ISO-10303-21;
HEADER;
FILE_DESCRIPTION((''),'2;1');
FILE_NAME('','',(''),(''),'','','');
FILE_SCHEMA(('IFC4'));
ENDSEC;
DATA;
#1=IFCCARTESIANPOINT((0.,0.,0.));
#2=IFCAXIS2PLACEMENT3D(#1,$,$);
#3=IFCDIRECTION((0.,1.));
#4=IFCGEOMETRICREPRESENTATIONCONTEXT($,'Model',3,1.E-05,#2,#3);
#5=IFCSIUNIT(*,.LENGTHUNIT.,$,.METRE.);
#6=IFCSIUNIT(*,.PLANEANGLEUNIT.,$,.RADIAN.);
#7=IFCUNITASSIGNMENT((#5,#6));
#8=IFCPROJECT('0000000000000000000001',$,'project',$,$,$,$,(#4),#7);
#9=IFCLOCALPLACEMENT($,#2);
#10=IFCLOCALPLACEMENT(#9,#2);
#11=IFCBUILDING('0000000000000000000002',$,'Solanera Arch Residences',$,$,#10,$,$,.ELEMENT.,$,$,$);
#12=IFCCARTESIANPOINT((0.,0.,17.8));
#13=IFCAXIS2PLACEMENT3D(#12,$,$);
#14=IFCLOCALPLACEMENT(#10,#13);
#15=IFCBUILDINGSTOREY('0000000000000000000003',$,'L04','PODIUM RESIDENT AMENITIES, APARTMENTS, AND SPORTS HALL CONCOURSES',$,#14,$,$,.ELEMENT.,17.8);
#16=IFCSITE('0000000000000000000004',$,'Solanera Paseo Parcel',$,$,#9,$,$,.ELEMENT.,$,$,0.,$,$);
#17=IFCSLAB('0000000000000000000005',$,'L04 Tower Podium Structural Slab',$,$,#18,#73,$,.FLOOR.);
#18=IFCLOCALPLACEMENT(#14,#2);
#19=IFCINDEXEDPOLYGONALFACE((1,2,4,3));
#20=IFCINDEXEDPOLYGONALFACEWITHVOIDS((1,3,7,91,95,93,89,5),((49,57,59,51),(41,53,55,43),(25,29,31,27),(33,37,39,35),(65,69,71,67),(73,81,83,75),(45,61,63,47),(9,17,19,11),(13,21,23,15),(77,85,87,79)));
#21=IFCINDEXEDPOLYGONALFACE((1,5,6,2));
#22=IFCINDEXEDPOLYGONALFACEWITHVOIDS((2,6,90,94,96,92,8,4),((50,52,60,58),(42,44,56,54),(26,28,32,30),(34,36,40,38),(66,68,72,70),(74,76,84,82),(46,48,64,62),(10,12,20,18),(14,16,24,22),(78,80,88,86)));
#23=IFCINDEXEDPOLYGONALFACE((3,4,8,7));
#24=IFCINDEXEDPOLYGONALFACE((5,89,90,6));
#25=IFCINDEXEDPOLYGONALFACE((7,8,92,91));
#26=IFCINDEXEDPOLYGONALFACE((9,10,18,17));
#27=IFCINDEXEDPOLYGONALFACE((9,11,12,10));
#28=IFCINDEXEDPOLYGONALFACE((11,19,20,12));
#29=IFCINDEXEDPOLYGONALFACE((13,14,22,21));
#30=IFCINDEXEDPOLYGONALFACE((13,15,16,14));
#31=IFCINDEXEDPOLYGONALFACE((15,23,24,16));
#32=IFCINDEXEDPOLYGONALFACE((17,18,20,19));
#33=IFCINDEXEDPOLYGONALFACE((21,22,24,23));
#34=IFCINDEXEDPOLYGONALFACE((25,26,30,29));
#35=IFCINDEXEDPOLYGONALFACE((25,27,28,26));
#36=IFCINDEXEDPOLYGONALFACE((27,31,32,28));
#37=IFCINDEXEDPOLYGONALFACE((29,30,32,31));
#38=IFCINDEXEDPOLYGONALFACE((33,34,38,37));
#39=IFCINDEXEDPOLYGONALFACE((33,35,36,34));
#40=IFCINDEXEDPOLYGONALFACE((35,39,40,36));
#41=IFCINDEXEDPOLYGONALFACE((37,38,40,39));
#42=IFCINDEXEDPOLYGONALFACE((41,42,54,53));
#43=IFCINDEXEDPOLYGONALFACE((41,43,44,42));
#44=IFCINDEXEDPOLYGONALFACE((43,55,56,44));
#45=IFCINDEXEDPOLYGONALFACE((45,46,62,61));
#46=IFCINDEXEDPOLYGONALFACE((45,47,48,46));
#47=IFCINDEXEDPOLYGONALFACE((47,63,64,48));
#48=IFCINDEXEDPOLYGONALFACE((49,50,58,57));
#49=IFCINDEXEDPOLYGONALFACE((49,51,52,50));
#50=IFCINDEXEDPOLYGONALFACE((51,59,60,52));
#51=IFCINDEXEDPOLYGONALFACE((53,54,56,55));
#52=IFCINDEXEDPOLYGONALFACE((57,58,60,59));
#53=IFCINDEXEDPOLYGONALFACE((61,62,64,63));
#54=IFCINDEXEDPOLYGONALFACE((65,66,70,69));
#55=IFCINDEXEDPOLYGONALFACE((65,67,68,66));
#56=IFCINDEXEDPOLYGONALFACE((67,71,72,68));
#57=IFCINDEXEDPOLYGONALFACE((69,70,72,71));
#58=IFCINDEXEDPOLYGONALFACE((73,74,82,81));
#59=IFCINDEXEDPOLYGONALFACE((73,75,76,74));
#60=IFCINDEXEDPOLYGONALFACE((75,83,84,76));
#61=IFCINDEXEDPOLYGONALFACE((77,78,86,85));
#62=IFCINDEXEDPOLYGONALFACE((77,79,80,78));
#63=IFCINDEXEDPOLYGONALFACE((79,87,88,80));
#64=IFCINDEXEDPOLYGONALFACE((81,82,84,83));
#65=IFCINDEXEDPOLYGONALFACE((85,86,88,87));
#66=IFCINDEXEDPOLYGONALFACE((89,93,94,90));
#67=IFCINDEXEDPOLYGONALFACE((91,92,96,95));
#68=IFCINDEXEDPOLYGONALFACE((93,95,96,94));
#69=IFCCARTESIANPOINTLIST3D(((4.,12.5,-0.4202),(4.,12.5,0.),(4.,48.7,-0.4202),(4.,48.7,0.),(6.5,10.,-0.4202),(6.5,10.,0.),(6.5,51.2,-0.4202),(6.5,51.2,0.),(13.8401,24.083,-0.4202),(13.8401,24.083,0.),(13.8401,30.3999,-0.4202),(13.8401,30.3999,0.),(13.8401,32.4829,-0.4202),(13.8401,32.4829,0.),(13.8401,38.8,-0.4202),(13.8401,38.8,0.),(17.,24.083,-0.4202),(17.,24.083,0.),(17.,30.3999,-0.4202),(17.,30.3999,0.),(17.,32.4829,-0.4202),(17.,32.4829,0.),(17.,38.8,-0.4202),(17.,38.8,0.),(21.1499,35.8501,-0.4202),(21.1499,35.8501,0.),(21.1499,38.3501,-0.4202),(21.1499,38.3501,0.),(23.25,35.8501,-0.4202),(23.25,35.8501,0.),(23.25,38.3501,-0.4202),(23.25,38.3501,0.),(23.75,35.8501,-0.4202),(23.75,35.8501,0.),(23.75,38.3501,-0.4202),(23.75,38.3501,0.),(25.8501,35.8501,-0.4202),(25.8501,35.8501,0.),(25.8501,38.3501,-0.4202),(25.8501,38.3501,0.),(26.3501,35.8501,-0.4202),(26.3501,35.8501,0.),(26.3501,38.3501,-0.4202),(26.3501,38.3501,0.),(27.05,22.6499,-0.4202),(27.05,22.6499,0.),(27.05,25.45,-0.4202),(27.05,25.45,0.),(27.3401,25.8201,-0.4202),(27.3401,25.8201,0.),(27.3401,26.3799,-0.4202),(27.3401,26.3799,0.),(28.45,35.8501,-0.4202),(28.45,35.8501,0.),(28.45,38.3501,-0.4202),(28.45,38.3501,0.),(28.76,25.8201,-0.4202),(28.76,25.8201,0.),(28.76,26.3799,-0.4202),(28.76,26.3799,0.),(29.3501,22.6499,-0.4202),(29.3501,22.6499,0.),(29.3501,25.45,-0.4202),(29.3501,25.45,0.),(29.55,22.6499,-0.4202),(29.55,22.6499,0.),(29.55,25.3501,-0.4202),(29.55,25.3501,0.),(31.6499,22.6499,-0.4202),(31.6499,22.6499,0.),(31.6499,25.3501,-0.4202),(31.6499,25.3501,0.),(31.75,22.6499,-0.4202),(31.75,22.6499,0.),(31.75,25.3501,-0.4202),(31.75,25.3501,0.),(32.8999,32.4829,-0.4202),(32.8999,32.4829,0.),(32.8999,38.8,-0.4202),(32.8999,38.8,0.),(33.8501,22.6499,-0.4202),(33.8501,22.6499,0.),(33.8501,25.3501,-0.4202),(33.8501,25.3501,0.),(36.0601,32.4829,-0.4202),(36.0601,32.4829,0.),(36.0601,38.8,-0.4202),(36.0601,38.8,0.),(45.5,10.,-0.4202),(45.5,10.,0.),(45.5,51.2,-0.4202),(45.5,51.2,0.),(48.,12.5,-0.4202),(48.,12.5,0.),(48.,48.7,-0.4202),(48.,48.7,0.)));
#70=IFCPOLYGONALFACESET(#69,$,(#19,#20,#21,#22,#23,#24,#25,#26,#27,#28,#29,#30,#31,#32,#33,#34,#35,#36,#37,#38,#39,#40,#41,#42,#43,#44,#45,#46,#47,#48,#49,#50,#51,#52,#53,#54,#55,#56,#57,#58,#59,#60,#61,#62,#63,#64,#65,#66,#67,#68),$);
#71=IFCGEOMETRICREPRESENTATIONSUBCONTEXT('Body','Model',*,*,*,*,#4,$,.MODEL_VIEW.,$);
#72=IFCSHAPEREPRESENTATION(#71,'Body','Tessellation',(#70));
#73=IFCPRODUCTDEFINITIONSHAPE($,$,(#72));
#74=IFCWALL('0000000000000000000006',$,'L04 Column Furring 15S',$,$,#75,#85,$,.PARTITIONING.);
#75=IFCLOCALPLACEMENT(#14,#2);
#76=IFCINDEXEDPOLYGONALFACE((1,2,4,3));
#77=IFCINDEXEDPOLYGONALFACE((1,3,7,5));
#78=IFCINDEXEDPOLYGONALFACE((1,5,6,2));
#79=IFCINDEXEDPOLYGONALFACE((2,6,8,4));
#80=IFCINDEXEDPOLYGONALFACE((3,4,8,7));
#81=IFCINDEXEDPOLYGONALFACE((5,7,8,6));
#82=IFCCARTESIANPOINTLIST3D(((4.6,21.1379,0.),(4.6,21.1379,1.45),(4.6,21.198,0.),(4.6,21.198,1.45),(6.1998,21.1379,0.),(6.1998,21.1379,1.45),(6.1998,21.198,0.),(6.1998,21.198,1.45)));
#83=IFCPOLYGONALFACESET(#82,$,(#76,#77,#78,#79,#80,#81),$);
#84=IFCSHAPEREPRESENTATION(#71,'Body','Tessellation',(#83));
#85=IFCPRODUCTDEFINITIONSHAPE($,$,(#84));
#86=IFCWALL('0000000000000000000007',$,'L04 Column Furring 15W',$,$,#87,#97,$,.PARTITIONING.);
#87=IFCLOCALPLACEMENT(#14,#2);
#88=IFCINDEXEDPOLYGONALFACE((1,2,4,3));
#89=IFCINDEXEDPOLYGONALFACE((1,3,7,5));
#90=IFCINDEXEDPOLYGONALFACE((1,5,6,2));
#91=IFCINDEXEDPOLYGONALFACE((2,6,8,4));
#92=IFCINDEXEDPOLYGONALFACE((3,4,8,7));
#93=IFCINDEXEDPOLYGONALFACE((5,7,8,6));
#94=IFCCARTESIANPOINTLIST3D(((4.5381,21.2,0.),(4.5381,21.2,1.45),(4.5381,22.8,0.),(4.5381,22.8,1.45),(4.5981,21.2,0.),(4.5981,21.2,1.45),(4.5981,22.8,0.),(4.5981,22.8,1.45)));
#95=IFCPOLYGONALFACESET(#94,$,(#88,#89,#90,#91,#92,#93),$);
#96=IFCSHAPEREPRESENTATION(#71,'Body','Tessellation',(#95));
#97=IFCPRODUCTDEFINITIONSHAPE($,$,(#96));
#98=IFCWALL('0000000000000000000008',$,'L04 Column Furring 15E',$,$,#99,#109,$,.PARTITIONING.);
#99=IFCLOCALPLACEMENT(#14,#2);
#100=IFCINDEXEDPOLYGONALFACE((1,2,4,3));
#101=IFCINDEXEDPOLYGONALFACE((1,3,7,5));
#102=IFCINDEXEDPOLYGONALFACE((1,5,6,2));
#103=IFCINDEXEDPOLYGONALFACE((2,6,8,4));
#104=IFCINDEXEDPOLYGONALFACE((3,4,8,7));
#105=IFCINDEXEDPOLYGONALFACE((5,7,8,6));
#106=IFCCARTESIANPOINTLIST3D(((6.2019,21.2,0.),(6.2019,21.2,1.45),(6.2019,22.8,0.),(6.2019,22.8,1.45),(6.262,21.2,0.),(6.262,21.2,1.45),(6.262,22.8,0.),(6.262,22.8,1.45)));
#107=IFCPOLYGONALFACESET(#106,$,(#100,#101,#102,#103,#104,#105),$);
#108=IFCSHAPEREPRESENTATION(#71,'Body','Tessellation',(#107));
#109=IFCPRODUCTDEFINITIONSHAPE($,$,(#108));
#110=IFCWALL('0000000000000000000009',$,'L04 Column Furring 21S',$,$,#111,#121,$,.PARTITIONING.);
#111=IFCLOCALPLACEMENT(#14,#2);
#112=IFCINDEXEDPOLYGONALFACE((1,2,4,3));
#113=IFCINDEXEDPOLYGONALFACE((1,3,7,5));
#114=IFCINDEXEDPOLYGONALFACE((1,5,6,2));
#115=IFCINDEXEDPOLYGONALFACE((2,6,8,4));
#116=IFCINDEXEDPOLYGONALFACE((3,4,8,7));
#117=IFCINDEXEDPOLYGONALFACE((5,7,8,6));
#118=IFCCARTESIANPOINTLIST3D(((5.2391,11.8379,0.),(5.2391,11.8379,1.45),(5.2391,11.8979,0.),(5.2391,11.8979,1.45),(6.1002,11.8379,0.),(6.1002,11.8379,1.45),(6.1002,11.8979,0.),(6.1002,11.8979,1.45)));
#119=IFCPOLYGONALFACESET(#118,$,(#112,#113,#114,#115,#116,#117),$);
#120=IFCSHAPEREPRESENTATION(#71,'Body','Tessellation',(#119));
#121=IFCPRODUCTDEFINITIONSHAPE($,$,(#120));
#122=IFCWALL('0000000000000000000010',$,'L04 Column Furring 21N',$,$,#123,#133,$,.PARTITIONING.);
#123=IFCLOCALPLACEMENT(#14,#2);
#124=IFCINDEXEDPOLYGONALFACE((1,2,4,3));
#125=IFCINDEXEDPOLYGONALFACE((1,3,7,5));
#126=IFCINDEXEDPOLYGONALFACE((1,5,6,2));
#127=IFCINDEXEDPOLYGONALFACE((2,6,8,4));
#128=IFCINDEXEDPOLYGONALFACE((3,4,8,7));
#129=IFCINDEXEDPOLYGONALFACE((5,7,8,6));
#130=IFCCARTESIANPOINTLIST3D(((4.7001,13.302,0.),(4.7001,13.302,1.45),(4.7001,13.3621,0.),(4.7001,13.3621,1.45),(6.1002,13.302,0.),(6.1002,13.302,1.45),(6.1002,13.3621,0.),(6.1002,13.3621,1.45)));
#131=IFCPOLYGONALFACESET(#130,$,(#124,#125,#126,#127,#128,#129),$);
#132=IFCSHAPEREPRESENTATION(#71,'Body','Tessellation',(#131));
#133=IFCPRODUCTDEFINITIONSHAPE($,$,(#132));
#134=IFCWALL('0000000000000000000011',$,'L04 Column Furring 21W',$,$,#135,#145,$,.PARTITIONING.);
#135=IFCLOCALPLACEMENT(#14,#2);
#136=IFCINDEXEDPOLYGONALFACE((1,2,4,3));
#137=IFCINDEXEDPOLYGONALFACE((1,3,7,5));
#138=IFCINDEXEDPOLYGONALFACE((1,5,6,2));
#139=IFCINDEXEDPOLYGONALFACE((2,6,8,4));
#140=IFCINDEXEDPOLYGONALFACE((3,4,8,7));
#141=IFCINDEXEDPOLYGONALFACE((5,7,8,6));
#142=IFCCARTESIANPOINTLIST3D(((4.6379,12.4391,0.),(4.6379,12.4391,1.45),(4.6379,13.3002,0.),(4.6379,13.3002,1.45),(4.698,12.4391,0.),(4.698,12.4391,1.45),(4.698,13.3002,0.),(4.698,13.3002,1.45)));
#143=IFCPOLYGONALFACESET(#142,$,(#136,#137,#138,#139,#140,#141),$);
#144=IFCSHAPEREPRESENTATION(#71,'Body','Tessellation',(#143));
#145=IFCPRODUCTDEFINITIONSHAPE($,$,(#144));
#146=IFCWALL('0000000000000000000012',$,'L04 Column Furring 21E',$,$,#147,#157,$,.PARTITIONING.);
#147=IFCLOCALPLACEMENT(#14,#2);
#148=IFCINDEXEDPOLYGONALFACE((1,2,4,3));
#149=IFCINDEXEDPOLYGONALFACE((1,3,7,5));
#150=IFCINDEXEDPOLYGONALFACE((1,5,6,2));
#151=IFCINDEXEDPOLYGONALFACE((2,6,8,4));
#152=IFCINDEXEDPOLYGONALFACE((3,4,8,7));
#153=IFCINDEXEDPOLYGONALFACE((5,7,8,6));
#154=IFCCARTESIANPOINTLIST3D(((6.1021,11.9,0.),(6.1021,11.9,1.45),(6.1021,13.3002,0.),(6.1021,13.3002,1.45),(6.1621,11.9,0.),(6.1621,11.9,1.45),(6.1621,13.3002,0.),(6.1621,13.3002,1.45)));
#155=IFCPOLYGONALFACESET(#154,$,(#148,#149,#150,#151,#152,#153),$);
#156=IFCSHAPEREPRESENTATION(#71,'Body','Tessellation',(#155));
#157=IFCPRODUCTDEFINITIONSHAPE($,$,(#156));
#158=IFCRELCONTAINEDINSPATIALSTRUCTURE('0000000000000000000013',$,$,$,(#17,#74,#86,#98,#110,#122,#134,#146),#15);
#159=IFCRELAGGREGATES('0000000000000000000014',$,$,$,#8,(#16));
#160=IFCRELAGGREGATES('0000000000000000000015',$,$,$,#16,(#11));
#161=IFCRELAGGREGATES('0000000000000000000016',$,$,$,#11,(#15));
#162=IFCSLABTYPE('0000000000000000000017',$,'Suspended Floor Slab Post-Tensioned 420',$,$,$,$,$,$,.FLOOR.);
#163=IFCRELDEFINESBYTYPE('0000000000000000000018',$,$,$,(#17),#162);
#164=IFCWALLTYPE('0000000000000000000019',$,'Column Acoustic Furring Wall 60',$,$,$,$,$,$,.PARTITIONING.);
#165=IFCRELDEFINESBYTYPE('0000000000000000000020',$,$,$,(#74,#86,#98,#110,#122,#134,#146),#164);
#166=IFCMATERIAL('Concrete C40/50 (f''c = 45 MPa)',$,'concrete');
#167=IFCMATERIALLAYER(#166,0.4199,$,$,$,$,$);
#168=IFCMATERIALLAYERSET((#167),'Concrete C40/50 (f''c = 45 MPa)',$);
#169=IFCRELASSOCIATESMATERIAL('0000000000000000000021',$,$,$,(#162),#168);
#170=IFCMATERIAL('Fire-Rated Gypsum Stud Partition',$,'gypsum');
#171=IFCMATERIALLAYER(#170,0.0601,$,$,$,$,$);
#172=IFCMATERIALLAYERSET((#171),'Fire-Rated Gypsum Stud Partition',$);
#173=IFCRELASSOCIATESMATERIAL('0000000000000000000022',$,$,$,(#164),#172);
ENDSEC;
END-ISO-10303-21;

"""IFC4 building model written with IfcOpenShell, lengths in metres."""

from ifc_helpers import new_model, si_unit, direction, frame, frame_2d, origin, place, context, subcontext, project, spatial, polyline, rectangle, outline, extrude, material, layer, layer_set, type_object, element, save


model = new_model("IFC4")

# Units and contexts
model_context = context("Model", 3, precision=1e-05, world=origin(), true_north=direction((0.0, 1.0)))
body_context = subcontext(model_context, "Body", "Model", "MODEL_VIEW")
ifc_project = project(units=[si_unit("LENGTHUNIT", "METRE"), si_unit("PLANEANGLEUNIT", "RADIAN")], contexts=[model_context])

# Site, building, storey
site_placement = place(None, origin())
site = spatial("IfcSite", under=ifc_project, at=site_placement, Name="Solanera Paseo Parcel", CompositionType="ELEMENT", RefElevation=0.0)
building_placement = place(site_placement, origin())
building = spatial("IfcBuilding", under=site, at=building_placement, Name="Solanera Arch Residences", CompositionType="ELEMENT")
storey_placement = place(building_placement, frame((0.0, 0.0, 17.8)))
storey = spatial("IfcBuildingStorey", under=building, at=storey_placement, Name="L04", Description="PODIUM RESIDENT AMENITIES, APARTMENTS, AND SPORTS HALL CONCOURSES", CompositionType="ELEMENT", Elevation=17.8)

# Slab
ifc_material_1 = material(Name="Concrete C40/50 (f'c = 45 MPa)", Category="concrete")
ifc_layer_1 = layer(ifc_material_1, 0.4199)
ifc_layer_set_1 = layer_set([ifc_layer_1], Name="Concrete C40/50 (f'c = 45 MPa)")
slab_type_1 = type_object("IfcSlabType", Name="Suspended Floor Slab Post-Tensioned 420", PredefinedType="FLOOR", material=ifc_layer_set_1)
slab_1_placement = place(storey_placement, frame((0.0, 0.0, -0.4202)))
element("IfcSlab", 1, at=slab_1_placement, inside=storey, type_object=slab_type_1, Name="L04 Tower Podium Structural Slab", PredefinedType="FLOOR", context=body_context, shape_type="SweptSolid", body=[
    extrude(outline(polyline([(6.5, 10.0), (45.5, 10.0), (48.0, 12.5), (48.0, 48.7), (45.5, 51.2), (6.5, 51.2), (4.0, 48.7), (4.0, 12.5), (6.5, 10.0)]), holes=[polyline([(13.8401, 32.4829), (13.8401, 38.8), (17.0, 38.8), (17.0, 32.4829), (13.8401, 32.4829)]), polyline([(32.8999, 32.4829), (32.8999, 38.8), (36.0601, 38.8), (36.0601, 32.4829), (32.8999, 32.4829)]), polyline([(13.8401, 24.083), (13.8401, 30.3999), (17.0, 30.3999), (17.0, 24.083), (13.8401, 24.083)]), polyline([(21.1499, 38.3501), (23.25, 38.3501), (23.25, 35.8501), (21.1499, 35.8501), (21.1499, 38.3501)]), polyline([(23.75, 38.3501), (25.8501, 38.3501), (25.8501, 35.8501), (23.75, 35.8501), (23.75, 38.3501)]), polyline([(26.3501, 38.3501), (28.45, 38.3501), (28.45, 35.8501), (26.3501, 35.8501), (26.3501, 38.3501)]), polyline([(29.55, 25.3501), (31.6499, 25.3501), (31.6499, 22.6499), (29.55, 22.6499), (29.55, 25.3501)]), polyline([(31.75, 25.3501), (33.8501, 25.3501), (33.8501, 22.6499), (31.75, 22.6499), (31.75, 25.3501)]), polyline([(27.05, 25.45), (29.3501, 25.45), (29.3501, 22.6499), (27.05, 22.6499), (27.05, 25.45)]), polyline([(27.3401, 26.3799), (28.76, 26.3799), (28.76, 25.8201), (27.3401, 25.8201), (27.3401, 26.3799)])]), origin(), (0.0, 0.0, 1.0), 0.4202),
])

# Walls
ifc_material_2 = material(Name="Fire-Rated Gypsum Stud Partition", Category="gypsum")
ifc_layer_2 = layer(ifc_material_2, 0.0601)
ifc_layer_set_2 = layer_set([ifc_layer_2], Name="Fire-Rated Gypsum Stud Partition")
wall_type_1 = type_object("IfcWallType", Name="Column Acoustic Furring Wall 60", PredefinedType="PARTITIONING", material=ifc_layer_set_2)
wall_1_placement = place(storey_placement, frame((4.6001, 21.168, 0.0), z_axis=(0.0, 0.0, 1.0), x_axis=(1.0, 0.0, 0.0)))
element("IfcWall", 2, at=wall_1_placement, inside=storey, type_object=wall_type_1, Name="L04 Column Furring 15S", PredefinedType="PARTITIONING", context=body_context, shape_type="SweptSolid", body=[
    extrude(rectangle(XDim=1.5999, YDim=0.0601, at=frame_2d((0.7998, 0.0))), origin(), (0.0, 0.0, 1.0), 1.45),
])
for number, where, z_axis, x_axis, name in (
    (3, (4.5681, 21.2, 0.0), (0.0, 0.0, 1.0), (0.0, 1.0, 0.0), "L04 Column Furring 15W"),
    (4, (6.2319, 21.2, 0.0), (0.0, 0.0, 1.0), (0.0, 1.0, 0.0), "L04 Column Furring 15E"),
):
    element("IfcWall", number, at=place(storey_placement, frame(where, z_axis=z_axis, x_axis=x_axis)), inside=storey, type_object=wall_type_1, Name=name, PredefinedType="PARTITIONING", context=body_context, shape_type="SweptSolid", body=[
        extrude(rectangle(XDim=1.6001, YDim=0.0601, at=frame_2d((0.8, 0.0))), origin(), (0.0, 0.0, 1.0), 1.45),
    ])
wall_2_placement = place(storey_placement, frame((5.239, 11.8679, 0.0), z_axis=(0.0, 0.0, 1.0), x_axis=(1.0, 0.0, 0.0)))
element("IfcWall", 5, at=wall_2_placement, inside=storey, type_object=wall_type_1, Name="L04 Column Furring 21S", PredefinedType="PARTITIONING", context=body_context, shape_type="SweptSolid", body=[
    extrude(rectangle(XDim=0.8611, YDim=0.0601, at=frame_2d((0.4307, 0.0))), origin(), (0.0, 0.0, 1.0), 1.45),
])
wall_3_placement = place(storey_placement, frame((4.7, 13.332, 0.0), z_axis=(0.0, 0.0, 1.0), x_axis=(1.0, 0.0, 0.0)))
element("IfcWall", 6, at=wall_3_placement, inside=storey, type_object=wall_type_1, Name="L04 Column Furring 21N", PredefinedType="PARTITIONING", context=body_context, shape_type="SweptSolid", body=[
    extrude(rectangle(XDim=1.4001, YDim=0.0601, at=frame_2d((0.7002, 0.0))), origin(), (0.0, 0.0, 1.0), 1.45),
])
wall_4_placement = place(storey_placement, frame((4.668, 12.439, 0.0), z_axis=(0.0, 0.0, 1.0), x_axis=(0.0, 1.0, 0.0)))
element("IfcWall", 7, at=wall_4_placement, inside=storey, type_object=wall_type_1, Name="L04 Column Furring 21W", PredefinedType="PARTITIONING", context=body_context, shape_type="SweptSolid", body=[
    extrude(rectangle(XDim=0.8611, YDim=0.0601, at=frame_2d((0.4307, 0.0))), origin(), (0.0, 0.0, 1.0), 1.45),
])
wall_5_placement = place(storey_placement, frame((6.1321, 11.8999, 0.0), z_axis=(0.0, 0.0, 1.0), x_axis=(0.0, 1.0, 0.0)))
element("IfcWall", 8, at=wall_5_placement, inside=storey, type_object=wall_type_1, Name="L04 Column Furring 21E", PredefinedType="PARTITIONING", context=body_context, shape_type="SweptSolid", body=[
    extrude(rectangle(XDim=1.4001, YDim=0.0601, at=frame_2d((0.7002, 0.0))), origin(), (0.0, 0.0, 1.0), 1.45),
])

save(model, "model.ifc")
